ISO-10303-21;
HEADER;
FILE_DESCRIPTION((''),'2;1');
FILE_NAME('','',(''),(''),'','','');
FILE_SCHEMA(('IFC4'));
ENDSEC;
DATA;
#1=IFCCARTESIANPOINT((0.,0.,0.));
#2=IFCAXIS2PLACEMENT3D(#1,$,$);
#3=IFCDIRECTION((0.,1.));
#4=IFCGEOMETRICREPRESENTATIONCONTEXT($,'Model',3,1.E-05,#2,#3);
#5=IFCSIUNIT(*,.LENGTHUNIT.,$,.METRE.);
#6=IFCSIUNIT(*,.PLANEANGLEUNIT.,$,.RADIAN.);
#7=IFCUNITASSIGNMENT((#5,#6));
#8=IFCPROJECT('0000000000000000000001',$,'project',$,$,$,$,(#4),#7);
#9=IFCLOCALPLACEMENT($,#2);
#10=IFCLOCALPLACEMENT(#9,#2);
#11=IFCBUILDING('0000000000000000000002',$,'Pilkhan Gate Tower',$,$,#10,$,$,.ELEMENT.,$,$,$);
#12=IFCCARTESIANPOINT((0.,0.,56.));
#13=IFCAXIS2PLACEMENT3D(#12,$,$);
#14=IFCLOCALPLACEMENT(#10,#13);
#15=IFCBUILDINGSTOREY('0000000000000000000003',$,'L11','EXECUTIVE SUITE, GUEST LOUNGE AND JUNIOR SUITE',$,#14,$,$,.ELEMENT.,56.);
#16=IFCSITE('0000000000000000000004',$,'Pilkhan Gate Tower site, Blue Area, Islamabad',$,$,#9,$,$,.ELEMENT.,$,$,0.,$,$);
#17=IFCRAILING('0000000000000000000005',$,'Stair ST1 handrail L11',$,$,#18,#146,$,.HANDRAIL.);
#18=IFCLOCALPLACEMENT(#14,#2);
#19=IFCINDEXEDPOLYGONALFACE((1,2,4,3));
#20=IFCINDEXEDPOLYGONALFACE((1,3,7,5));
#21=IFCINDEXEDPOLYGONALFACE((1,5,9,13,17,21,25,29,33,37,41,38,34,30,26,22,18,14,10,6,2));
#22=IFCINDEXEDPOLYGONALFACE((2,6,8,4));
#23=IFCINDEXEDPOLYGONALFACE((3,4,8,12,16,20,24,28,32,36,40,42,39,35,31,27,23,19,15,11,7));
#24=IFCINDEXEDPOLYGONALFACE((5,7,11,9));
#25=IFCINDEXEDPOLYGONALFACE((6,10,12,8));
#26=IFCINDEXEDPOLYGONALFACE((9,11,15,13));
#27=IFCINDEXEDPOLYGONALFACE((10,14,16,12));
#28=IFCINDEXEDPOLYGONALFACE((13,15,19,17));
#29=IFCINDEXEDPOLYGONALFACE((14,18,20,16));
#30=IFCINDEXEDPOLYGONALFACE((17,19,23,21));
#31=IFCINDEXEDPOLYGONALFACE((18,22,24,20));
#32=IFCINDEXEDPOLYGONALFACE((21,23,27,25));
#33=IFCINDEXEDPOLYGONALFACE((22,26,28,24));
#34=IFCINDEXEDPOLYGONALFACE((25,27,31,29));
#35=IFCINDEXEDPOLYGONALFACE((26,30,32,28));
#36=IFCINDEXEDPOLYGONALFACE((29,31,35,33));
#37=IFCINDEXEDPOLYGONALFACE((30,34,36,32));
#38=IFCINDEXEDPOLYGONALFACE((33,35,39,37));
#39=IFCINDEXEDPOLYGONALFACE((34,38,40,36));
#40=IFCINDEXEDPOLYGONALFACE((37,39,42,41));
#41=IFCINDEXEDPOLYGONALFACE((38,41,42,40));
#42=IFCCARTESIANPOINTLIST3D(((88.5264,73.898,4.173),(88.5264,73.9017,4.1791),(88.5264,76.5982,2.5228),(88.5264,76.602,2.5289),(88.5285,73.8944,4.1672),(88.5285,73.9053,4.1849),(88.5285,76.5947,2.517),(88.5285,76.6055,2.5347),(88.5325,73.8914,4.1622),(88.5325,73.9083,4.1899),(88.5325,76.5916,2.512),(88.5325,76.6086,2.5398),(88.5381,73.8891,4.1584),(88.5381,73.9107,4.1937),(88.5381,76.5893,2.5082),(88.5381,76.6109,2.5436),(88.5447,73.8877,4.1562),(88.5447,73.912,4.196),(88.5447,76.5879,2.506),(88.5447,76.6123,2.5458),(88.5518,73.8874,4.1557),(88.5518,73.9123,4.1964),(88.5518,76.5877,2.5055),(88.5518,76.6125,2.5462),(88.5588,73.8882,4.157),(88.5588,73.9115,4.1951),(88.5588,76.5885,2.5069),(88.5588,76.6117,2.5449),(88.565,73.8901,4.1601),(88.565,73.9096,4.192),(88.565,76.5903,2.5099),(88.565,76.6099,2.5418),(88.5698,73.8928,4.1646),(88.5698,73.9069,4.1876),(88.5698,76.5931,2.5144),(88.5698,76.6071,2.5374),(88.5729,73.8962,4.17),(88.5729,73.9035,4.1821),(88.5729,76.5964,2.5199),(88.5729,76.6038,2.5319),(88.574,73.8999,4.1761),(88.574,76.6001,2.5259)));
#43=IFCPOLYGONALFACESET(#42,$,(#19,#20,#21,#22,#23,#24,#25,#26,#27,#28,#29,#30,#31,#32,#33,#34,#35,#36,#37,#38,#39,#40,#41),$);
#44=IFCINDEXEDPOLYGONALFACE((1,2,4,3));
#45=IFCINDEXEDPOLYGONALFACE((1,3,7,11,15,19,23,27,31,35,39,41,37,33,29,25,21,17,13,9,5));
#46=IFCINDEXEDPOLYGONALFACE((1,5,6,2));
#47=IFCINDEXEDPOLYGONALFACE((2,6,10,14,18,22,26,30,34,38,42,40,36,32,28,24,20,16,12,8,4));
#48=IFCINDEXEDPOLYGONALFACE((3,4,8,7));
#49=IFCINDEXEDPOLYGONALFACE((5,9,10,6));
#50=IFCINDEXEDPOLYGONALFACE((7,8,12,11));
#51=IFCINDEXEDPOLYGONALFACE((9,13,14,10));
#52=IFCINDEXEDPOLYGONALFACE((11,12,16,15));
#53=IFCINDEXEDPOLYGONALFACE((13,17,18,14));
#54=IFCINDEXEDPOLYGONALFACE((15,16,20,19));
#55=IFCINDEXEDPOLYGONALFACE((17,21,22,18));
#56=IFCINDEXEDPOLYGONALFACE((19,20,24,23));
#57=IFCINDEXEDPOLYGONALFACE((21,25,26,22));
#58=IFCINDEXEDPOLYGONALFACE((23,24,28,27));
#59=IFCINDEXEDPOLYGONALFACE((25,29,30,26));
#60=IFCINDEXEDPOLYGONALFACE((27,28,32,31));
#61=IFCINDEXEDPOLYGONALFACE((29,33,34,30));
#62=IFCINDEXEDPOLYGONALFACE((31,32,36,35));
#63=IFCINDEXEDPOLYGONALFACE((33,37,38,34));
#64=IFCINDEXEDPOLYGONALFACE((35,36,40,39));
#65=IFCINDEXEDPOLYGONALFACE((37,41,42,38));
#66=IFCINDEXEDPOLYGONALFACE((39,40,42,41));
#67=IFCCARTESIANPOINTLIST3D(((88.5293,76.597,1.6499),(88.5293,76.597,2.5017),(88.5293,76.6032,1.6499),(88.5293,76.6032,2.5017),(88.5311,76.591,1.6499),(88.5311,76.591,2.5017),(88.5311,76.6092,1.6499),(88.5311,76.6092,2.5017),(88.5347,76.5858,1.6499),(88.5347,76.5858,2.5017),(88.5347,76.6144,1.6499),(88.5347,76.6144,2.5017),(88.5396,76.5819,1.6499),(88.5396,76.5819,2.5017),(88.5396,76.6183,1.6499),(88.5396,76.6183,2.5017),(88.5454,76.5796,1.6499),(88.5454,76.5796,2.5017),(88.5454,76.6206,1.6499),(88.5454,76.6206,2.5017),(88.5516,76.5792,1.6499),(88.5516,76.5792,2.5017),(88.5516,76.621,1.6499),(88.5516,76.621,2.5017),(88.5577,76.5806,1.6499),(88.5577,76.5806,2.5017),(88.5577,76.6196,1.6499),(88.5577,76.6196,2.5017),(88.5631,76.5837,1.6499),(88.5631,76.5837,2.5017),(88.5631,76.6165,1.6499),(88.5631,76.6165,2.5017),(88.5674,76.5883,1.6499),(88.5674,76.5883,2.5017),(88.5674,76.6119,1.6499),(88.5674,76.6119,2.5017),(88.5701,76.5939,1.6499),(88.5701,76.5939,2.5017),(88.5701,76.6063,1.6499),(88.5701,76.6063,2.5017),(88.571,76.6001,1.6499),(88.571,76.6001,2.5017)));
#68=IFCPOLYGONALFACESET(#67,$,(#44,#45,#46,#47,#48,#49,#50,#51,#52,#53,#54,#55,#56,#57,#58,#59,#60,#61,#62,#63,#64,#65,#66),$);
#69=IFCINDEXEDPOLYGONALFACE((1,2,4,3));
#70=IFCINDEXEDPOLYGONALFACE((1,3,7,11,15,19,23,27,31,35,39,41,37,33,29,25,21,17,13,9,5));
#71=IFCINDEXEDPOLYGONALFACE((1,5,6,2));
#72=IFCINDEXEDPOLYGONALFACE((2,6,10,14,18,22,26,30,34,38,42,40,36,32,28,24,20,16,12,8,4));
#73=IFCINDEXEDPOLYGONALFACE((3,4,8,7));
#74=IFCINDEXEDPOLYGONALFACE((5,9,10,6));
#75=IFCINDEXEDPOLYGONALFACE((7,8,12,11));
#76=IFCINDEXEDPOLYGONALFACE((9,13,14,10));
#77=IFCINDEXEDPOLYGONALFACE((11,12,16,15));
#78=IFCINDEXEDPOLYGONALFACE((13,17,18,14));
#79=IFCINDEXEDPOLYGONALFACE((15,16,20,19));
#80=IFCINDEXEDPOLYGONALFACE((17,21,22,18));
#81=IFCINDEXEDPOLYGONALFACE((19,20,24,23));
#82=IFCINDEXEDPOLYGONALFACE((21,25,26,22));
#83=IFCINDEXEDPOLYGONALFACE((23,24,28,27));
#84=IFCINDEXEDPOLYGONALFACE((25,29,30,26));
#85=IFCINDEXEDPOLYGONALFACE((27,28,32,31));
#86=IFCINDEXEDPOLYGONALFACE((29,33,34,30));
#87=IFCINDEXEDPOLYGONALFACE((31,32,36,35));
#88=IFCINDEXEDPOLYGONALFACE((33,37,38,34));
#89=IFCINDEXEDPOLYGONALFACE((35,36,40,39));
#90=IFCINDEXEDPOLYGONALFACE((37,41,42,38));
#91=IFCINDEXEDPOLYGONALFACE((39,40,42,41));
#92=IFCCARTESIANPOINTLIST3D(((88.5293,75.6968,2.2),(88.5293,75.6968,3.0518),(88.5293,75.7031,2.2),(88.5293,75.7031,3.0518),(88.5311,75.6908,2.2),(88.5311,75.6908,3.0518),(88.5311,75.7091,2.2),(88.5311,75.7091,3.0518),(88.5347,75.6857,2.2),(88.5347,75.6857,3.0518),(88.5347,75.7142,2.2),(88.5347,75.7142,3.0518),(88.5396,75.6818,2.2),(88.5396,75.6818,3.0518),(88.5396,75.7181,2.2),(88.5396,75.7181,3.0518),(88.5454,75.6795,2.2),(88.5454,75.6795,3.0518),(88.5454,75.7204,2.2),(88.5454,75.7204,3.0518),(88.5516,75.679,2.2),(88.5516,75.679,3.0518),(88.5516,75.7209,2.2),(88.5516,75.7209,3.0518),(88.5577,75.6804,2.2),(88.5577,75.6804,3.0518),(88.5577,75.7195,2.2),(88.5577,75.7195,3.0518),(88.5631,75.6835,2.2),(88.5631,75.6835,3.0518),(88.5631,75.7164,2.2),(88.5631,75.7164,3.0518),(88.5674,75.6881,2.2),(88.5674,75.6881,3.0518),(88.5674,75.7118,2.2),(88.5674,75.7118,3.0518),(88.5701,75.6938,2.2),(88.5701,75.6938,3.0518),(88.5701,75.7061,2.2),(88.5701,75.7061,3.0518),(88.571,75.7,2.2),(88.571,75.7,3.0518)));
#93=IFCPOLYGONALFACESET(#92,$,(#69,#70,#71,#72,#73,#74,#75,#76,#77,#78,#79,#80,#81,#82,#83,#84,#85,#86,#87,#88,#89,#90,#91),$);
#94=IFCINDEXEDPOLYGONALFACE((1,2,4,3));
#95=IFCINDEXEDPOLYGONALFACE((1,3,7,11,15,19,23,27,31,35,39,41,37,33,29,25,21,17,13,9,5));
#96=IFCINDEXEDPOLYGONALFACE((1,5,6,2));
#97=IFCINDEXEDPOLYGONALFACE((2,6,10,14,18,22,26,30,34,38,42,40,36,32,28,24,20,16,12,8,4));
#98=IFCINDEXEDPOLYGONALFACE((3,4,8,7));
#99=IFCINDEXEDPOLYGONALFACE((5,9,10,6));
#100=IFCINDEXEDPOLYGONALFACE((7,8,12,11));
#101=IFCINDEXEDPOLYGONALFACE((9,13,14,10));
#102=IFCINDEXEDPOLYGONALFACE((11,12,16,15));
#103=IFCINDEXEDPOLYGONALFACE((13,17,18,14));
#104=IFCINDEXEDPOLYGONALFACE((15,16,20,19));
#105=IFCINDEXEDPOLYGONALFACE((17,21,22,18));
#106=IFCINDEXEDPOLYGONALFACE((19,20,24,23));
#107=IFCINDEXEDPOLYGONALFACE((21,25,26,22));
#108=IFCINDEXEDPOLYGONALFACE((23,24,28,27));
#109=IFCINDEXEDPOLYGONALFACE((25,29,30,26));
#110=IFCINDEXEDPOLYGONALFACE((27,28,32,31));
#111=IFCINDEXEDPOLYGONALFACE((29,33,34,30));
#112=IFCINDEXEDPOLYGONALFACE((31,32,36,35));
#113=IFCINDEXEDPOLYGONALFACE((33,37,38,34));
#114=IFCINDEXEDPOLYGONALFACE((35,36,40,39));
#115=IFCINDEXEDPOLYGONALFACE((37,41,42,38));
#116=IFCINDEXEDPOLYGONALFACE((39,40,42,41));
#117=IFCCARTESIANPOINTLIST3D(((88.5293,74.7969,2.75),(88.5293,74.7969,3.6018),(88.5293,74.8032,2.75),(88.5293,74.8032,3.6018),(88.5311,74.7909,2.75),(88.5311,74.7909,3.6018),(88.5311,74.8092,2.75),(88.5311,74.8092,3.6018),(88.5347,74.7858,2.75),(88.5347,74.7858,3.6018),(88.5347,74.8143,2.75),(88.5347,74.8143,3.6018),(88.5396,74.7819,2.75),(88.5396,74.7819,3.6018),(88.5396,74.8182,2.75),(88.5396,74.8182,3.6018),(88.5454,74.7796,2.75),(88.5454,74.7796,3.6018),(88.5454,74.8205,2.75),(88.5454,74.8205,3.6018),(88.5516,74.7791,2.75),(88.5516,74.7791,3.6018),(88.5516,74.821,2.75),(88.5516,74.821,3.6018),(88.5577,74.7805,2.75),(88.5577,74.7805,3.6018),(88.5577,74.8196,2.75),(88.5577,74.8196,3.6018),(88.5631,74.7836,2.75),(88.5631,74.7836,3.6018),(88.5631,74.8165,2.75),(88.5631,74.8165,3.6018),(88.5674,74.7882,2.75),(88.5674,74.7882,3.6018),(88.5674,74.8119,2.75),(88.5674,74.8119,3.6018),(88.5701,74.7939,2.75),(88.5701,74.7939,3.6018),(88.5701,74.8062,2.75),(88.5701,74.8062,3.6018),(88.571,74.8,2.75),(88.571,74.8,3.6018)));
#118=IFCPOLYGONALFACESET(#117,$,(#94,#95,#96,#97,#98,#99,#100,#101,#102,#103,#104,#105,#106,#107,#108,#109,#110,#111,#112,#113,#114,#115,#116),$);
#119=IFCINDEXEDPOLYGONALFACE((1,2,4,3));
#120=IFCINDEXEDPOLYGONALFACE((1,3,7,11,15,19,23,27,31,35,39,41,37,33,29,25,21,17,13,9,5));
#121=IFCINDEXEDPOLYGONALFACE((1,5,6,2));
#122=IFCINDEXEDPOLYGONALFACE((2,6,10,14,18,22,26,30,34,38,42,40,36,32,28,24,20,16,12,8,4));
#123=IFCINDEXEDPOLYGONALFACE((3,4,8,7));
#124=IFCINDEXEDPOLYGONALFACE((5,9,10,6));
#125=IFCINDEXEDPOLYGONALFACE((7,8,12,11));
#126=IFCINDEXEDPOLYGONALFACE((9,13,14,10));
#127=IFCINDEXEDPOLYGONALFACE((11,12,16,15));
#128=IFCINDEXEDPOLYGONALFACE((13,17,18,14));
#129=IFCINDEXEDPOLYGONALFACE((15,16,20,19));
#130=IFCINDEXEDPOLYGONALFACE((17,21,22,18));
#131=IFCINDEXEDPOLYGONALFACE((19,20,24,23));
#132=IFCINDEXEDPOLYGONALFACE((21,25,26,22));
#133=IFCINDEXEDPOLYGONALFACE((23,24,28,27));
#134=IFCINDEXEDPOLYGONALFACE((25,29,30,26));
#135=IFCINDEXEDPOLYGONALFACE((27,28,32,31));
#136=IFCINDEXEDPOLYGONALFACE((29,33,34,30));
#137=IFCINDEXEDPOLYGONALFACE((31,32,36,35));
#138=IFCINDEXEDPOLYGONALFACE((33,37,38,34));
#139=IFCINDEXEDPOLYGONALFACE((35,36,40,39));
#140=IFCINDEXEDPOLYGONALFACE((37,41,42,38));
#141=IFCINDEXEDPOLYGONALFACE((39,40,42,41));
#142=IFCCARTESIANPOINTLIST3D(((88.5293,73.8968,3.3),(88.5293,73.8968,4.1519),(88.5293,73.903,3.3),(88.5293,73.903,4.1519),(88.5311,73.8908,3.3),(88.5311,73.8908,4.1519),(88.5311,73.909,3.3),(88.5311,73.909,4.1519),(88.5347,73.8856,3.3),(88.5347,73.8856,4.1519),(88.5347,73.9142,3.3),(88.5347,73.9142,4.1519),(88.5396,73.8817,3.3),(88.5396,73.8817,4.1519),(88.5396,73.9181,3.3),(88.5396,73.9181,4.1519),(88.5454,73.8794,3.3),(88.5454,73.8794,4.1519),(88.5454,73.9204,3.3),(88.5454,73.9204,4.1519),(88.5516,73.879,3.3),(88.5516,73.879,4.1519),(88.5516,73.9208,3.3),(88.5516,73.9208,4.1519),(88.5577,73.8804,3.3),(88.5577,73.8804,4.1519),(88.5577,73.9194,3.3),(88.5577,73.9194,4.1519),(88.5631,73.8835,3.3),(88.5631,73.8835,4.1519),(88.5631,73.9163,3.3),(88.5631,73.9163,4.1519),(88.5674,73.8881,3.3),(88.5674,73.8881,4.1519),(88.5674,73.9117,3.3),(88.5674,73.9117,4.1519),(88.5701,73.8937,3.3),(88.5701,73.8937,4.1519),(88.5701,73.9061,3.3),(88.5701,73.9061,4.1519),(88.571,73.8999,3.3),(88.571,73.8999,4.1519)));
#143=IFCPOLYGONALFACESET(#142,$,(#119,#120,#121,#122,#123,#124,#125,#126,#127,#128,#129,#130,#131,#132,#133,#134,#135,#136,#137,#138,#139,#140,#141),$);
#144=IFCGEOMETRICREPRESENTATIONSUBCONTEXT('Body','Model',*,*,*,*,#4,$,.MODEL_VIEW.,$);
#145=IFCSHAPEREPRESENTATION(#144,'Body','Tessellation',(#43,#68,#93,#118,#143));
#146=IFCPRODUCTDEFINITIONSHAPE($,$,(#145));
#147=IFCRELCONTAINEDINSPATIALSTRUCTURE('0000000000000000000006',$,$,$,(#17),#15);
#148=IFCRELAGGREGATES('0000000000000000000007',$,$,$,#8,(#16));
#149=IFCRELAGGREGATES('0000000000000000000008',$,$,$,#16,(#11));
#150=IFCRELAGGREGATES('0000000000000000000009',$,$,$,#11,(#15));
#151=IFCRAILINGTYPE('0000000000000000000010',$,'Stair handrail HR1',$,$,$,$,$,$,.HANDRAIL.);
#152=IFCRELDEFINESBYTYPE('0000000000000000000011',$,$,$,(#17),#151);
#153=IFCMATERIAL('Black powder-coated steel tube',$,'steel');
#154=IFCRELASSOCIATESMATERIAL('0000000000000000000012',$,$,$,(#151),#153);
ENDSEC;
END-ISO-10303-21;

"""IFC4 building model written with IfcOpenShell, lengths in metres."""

from ifc_helpers import new_model, si_unit, direction, frame, origin, origin_2d, place, context, subcontext, project, spatial, circle, extrude, material, type_object, element, save


model = new_model("IFC4")

# Units and contexts
model_context = context("Model", 3, precision=1e-05, world=origin(), true_north=direction((0.0, 1.0)))
body_context = subcontext(model_context, "Body", "Model", "MODEL_VIEW")
ifc_project = project(units=[si_unit("LENGTHUNIT", "METRE"), si_unit("PLANEANGLEUNIT", "RADIAN")], contexts=[model_context])

# Site, building, storey
site_placement = place(None, origin())
site = spatial("IfcSite", under=ifc_project, at=site_placement, Name="Pilkhan Gate Tower site, Blue Area, Islamabad", CompositionType="ELEMENT", RefElevation=0.0)
building_placement = place(site_placement, origin())
building = spatial("IfcBuilding", under=site, at=building_placement, Name="Pilkhan Gate Tower", CompositionType="ELEMENT")
storey_placement = place(building_placement, frame((0.0, 0.0, 56.0)))
storey = spatial("IfcBuildingStorey", under=building, at=storey_placement, Name="L11", Description="EXECUTIVE SUITE, GUEST LOUNGE AND JUNIOR SUITE", CompositionType="ELEMENT", Elevation=56.0)

# Railing
ifc_material_1 = material(Name="Black powder-coated steel tube", Category="steel")
railing_type_1 = type_object("IfcRailingType", Name="Stair handrail HR1", PredefinedType="HANDRAIL", material=ifc_material_1)
railing_1_placement = place(storey_placement, frame((88.55, 76.6001, 1.6499)))
element("IfcRailing", 1, at=railing_1_placement, inside=storey, type_object=railing_type_1, Name="Stair ST1 handrail L11", PredefinedType="HANDRAIL", context=body_context, shape_type="SweptSolid", body=[
    extrude(circle(Radius=0.0239, at=origin_2d()), frame((0.0, 0.0, 0.876), z_axis=(0.0, -0.853278, 0.521456), x_axis=(1.0, 0.0, 0.0)), (0.0, 0.0, 1.0), 3.1646),
    extrude(circle(Radius=0.021, at=origin_2d()), origin(), (0.0, 0.0, 1.0), 0.8518),
    extrude(circle(Radius=0.021, at=origin_2d()), frame((0.0, -0.9001, 0.55)), (0.0, 0.0, 1.0), 0.8518),
    extrude(circle(Radius=0.021, at=origin_2d()), frame((0.0, -1.8, 1.1001)), (0.0, 0.0, 1.0), 0.8518),
    extrude(circle(Radius=0.021, at=origin_2d()), frame((0.0, -2.7002, 1.6501)), (0.0, 0.0, 1.0), 0.8518),
])

save(model, "model.ifc")
